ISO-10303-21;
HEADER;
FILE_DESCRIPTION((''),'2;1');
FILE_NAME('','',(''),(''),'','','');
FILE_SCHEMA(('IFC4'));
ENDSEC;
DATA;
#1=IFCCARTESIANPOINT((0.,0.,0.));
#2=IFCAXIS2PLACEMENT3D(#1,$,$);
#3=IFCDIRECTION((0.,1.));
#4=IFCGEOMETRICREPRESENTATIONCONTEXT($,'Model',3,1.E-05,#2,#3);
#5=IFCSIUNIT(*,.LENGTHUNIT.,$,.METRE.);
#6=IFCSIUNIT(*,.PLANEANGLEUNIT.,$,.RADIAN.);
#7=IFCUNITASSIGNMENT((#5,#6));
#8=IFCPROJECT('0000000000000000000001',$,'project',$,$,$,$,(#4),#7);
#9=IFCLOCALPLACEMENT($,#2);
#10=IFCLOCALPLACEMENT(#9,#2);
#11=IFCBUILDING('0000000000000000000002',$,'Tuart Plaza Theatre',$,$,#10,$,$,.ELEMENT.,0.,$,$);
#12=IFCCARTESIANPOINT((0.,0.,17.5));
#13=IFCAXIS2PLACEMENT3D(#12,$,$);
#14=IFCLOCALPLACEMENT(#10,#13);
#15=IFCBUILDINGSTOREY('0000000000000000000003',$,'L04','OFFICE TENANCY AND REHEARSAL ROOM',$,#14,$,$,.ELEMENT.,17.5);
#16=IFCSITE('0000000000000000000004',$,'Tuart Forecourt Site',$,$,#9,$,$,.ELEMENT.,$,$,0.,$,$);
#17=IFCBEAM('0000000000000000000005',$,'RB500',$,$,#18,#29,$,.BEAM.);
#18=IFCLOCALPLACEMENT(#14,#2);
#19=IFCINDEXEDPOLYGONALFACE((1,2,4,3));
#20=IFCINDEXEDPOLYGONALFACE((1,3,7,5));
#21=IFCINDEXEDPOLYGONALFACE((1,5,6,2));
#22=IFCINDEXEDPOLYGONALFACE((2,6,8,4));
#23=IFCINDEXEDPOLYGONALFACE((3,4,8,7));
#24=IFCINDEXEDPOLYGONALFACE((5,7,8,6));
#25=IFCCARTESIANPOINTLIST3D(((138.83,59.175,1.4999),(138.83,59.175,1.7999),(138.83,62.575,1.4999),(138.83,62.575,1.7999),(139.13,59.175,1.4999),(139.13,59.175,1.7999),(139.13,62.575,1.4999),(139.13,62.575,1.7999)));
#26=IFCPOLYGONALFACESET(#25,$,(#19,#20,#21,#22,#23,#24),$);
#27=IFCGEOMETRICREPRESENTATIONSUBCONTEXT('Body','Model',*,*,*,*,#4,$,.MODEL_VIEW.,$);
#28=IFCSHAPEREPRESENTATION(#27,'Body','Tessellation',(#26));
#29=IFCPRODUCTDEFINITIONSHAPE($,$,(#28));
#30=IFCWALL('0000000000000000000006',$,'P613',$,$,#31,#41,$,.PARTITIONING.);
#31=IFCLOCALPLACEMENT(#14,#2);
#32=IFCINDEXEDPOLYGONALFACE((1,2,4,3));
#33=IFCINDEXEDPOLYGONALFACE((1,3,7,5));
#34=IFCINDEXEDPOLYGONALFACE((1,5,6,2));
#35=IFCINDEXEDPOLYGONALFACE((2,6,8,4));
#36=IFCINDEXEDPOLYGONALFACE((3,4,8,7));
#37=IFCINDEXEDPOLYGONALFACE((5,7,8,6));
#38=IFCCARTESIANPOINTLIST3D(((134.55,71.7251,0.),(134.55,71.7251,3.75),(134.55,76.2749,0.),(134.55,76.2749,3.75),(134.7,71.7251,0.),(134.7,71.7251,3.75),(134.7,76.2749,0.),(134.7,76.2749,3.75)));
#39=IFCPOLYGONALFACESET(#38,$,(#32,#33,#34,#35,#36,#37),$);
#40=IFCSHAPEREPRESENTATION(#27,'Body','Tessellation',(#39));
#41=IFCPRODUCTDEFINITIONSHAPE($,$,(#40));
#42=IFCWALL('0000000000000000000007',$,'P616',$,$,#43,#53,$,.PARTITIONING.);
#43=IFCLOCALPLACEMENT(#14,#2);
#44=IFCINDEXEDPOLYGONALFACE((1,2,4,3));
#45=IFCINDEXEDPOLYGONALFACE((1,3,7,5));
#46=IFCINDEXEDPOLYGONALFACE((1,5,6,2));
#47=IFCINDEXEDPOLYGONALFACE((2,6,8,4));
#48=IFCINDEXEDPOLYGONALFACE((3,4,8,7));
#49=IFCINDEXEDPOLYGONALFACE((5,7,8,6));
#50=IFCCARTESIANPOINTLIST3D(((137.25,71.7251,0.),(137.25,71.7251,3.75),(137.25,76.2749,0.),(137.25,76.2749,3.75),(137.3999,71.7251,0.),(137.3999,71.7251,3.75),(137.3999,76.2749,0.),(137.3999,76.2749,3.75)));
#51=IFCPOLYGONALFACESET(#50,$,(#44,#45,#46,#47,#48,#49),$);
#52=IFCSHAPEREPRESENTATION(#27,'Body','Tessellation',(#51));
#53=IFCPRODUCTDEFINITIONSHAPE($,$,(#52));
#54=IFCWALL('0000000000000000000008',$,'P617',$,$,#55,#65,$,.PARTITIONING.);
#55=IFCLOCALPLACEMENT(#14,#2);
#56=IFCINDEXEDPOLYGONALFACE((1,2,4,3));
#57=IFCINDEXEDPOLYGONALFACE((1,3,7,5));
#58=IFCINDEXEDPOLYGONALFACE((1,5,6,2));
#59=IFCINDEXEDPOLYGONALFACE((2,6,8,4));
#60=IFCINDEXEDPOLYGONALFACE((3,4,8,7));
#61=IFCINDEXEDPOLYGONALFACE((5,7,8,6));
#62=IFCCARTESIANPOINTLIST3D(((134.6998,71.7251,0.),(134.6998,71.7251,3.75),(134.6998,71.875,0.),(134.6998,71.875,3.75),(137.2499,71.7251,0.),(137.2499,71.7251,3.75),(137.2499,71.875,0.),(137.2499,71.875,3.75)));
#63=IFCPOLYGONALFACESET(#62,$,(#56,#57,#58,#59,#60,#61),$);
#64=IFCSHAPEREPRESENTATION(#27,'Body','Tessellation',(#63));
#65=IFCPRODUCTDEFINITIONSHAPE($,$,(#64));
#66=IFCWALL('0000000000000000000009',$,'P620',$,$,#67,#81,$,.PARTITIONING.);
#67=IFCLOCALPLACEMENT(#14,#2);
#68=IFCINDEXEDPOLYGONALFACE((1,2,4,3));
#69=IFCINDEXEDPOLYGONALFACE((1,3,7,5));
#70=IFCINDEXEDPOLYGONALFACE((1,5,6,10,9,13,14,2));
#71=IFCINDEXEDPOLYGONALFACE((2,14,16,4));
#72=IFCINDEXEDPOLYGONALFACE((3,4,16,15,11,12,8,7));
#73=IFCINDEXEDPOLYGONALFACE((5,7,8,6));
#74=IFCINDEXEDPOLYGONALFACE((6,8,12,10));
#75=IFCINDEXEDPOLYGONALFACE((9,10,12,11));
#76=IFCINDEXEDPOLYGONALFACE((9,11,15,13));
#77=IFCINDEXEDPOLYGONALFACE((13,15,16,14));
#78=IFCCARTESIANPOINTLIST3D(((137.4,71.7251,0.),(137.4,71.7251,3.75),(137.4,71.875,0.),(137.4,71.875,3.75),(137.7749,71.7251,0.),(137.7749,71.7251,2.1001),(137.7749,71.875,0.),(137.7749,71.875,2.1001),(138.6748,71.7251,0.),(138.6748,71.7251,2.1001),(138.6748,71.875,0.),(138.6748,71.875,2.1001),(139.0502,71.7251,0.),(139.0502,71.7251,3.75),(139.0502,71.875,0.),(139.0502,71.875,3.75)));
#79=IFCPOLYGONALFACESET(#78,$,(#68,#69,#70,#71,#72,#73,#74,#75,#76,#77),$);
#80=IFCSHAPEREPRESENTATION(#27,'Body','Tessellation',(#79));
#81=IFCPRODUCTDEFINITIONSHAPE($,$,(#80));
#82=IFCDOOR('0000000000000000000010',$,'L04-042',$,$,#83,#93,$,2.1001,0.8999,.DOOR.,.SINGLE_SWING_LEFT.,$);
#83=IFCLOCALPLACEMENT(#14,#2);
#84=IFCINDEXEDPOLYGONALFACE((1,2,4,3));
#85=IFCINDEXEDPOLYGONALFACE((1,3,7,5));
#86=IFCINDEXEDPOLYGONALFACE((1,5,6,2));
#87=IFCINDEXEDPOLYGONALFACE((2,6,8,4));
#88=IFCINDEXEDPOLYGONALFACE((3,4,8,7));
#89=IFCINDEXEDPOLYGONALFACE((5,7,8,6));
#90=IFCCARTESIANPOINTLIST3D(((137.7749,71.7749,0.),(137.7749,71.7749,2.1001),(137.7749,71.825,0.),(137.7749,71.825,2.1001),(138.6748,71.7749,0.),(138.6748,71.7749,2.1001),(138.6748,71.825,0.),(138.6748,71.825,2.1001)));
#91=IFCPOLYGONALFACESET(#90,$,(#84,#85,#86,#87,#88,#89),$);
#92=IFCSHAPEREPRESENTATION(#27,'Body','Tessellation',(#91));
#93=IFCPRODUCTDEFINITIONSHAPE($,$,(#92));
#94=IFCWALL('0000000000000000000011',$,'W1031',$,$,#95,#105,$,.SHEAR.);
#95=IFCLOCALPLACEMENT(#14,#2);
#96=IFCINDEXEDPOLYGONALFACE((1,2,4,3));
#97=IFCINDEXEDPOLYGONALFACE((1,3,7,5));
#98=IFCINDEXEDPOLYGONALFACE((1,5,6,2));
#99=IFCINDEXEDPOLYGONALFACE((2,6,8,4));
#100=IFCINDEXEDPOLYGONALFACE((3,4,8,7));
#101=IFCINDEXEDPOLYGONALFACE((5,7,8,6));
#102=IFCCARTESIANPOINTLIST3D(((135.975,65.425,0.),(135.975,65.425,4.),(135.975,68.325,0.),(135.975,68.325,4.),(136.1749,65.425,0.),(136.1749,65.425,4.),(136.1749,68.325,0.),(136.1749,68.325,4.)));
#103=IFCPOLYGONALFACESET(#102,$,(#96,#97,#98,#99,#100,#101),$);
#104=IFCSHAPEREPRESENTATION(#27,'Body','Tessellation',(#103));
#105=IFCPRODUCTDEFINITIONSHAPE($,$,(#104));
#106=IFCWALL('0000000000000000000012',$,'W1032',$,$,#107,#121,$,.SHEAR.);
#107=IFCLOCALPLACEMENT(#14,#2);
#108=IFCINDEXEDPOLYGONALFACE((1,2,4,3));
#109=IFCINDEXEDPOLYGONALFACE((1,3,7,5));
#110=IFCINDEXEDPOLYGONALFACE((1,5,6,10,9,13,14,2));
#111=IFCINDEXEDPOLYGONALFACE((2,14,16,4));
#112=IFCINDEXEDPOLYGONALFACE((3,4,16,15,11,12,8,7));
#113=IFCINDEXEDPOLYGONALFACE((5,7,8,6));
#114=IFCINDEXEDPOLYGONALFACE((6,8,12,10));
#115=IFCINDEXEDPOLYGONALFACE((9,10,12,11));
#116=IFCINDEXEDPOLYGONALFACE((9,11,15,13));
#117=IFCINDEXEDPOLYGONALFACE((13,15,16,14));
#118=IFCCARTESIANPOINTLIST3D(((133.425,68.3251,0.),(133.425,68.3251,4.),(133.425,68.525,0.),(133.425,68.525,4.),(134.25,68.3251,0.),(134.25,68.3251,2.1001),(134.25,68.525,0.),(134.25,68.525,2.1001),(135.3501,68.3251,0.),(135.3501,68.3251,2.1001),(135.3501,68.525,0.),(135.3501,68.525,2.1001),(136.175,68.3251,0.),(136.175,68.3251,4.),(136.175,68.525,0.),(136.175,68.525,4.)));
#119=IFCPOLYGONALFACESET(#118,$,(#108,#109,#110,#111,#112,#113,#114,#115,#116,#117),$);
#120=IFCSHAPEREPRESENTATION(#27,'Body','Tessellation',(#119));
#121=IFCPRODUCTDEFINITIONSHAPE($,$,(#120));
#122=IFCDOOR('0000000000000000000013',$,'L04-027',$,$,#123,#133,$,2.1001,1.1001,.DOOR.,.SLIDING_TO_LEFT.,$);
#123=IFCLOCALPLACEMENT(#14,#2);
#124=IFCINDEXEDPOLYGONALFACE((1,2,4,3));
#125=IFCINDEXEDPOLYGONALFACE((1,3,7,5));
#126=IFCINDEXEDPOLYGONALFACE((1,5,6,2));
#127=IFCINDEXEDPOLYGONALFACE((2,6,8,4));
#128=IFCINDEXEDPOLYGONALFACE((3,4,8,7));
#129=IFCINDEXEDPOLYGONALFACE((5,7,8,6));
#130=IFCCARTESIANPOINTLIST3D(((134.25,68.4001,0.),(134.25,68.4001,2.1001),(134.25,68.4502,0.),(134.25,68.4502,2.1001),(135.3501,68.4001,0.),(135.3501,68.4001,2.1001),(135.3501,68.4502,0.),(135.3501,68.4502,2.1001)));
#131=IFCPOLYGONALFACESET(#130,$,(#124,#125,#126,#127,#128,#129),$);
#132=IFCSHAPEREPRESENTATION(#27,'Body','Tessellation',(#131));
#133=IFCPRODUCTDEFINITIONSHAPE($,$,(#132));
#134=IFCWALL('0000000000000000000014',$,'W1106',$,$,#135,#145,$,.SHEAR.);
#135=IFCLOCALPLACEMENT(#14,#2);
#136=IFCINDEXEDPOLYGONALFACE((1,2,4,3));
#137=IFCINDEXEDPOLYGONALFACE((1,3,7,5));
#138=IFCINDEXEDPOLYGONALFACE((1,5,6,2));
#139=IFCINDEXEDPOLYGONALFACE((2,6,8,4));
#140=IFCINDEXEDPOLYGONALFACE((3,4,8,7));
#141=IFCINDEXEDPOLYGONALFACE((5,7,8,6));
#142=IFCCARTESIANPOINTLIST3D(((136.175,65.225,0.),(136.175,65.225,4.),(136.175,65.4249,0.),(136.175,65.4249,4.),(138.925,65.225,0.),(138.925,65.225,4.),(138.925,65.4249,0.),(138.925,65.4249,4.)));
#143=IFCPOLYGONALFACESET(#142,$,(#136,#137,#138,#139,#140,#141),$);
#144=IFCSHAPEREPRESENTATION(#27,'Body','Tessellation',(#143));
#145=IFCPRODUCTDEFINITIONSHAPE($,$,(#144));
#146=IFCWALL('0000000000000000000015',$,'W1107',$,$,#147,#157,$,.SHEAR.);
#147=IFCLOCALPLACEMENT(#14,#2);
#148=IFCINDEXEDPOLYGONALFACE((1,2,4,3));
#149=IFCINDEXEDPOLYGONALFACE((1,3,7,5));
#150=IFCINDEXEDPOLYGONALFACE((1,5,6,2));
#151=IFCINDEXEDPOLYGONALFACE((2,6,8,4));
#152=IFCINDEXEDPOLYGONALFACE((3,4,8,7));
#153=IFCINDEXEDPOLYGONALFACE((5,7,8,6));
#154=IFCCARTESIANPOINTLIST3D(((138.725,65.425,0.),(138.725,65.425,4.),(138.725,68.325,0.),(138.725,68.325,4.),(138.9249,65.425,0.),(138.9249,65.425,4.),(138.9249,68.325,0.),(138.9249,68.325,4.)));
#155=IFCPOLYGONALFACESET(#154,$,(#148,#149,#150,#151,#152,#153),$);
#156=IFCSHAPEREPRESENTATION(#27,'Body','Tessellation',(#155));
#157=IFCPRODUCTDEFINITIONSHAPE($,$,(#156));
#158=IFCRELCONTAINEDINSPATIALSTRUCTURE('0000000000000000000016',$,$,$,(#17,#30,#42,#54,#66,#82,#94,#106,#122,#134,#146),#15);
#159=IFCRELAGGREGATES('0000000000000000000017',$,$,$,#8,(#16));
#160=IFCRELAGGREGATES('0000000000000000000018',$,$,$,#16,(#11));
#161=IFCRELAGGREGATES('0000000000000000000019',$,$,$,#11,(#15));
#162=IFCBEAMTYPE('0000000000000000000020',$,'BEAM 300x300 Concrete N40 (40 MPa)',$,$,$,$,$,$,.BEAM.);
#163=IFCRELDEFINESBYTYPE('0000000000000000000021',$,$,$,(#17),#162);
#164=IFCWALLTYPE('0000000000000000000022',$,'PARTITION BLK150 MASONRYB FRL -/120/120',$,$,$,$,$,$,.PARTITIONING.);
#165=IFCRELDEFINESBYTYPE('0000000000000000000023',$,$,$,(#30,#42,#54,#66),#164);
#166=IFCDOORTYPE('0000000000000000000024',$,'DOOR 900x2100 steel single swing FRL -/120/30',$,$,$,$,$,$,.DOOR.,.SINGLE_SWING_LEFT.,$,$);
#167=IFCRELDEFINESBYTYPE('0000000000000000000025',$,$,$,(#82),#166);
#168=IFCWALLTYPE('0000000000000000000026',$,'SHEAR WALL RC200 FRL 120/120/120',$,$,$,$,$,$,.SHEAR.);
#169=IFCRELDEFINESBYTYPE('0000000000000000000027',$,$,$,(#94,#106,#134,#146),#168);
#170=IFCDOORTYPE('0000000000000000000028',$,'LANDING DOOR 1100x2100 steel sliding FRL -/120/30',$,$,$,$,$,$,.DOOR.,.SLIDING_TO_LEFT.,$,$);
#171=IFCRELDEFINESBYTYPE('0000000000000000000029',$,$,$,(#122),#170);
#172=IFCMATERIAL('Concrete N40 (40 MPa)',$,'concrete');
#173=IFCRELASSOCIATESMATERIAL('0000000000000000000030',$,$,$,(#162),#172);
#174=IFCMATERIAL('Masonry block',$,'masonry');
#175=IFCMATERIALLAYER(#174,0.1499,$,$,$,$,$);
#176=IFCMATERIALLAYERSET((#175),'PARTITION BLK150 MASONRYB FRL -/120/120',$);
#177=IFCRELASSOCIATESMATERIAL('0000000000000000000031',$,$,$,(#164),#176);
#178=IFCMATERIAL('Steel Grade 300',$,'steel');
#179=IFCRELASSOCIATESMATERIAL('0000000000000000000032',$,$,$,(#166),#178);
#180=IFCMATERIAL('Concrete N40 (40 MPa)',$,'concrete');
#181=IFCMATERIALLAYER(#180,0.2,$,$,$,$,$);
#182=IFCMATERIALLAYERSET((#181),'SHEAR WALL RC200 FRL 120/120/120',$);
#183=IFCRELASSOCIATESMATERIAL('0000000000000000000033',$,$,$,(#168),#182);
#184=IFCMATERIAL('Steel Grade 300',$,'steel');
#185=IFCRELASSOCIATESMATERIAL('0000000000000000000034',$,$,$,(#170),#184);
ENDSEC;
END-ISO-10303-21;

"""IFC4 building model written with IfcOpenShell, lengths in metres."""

from ifc_helpers import new_model, si_unit, direction, frame, frame_2d, origin, origin_2d, place, context, subcontext, project, spatial, rectangle, extrude, material, layer, layer_set, material_profile, profile_set, type_object, element, fill, save


model = new_model("IFC4")

# Units and contexts
model_context = context("Model", 3, precision=1e-05, world=origin(), true_north=direction((0.0, 1.0)))
body_context = subcontext(model_context, "Body", "Model", "MODEL_VIEW")
ifc_project = project(units=[si_unit("LENGTHUNIT", "METRE"), si_unit("PLANEANGLEUNIT", "RADIAN")], contexts=[model_context])

# Site, building, storey
site_placement = place(None, origin())
site = spatial("IfcSite", under=ifc_project, at=site_placement, Name="Tuart Forecourt Site", CompositionType="ELEMENT", RefElevation=0.0)
building_placement = place(site_placement, origin())
building = spatial("IfcBuilding", under=site, at=building_placement, Name="Tuart Plaza Theatre", CompositionType="ELEMENT", ElevationOfRefHeight=0.0)
storey_placement = place(building_placement, frame((0.0, 0.0, 17.5)))
storey = spatial("IfcBuildingStorey", under=building, at=storey_placement, Name="L04", Description="OFFICE TENANCY AND REHEARSAL ROOM", CompositionType="ELEMENT", Elevation=17.5)

# Beam
ifc_material_1 = material(Name="Concrete N40 (40 MPa)", Category="concrete")
ifc_material_profile = material_profile(ifc_material_1, rectangle(XDim=0.3, YDim=0.3, at=origin_2d()), Name="BEAM 300x300 Concrete N40 (40 MPa)")
ifc_profile_set = profile_set([ifc_material_profile], Name="Concrete N40 (40 MPa)")
beam_type = type_object("IfcBeamType", Name="BEAM 300x300 Concrete N40 (40 MPa)", PredefinedType="BEAM", material=ifc_profile_set)
beam_placement = place(storey_placement, frame((138.98, 59.175, 1.6499), z_axis=(0.0, 1.0, 0.0), x_axis=(-1.0, 0.0, 0.0)))
element("IfcBeam", 1, at=beam_placement, inside=storey, type_object=beam_type, Name="RB500", PredefinedType="BEAM", context=body_context, shape_type="SweptSolid", body=[
    extrude(rectangle(XDim=0.3, YDim=0.3, at=origin_2d()), origin(), (0.0, 0.0, 1.0), 3.3999),
])

# Walls
ifc_material_2 = material(Name="Masonry block", Category="masonry")
ifc_layer_1 = layer(ifc_material_2, 0.1499)
ifc_layer_set_1 = layer_set([ifc_layer_1], Name="PARTITION BLK150 MASONRYB FRL -/120/120")
wall_type_1 = type_object("IfcWallType", Name="PARTITION BLK150 MASONRYB FRL -/120/120", PredefinedType="PARTITIONING", material=ifc_layer_set_1)
for number, where, z_axis, x_axis, name in (
    (2, (134.625, 71.7251, 0.0), (0.0, 0.0, 1.0), (0.0, 1.0, 0.0), "P613"),
    (3, (137.325, 71.7251, 0.0), (0.0, 0.0, 1.0), (0.0, 1.0, 0.0), "P616"),
):
    element("IfcWall", number, at=place(storey_placement, frame(where, z_axis=z_axis, x_axis=x_axis)), inside=storey, type_object=wall_type_1, Name=name, PredefinedType="PARTITIONING", context=body_context, shape_type="SweptSolid", body=[
        extrude(rectangle(XDim=4.5498, YDim=0.1499, at=frame_2d((2.2749, 0.0))), origin(), (0.0, 0.0, 1.0), 3.75),
    ])
wall_1_placement = place(storey_placement, frame((134.7, 71.8, 0.0), z_axis=(0.0, 0.0, 1.0), x_axis=(1.0, 0.0, 0.0)))
element("IfcWall", 4, at=wall_1_placement, inside=storey, type_object=wall_type_1, Name="P617", PredefinedType="PARTITIONING", context=body_context, shape_type="SweptSolid", body=[
    extrude(rectangle(XDim=2.55, YDim=0.1499, at=frame_2d((1.2749, 0.0))), origin(), (0.0, 0.0, 1.0), 3.75),
])

# Wall, opening, door
wall_2_placement = place(storey_placement, frame((137.3999, 71.8, 0.0), z_axis=(0.0, 0.0, 1.0), x_axis=(1.0, 0.0, 0.0)))
wall_2 = element("IfcWall", 5, at=wall_2_placement, inside=storey, type_object=wall_type_1, Name="P620", PredefinedType="PARTITIONING", context=body_context, shape_type="SweptSolid", body=[
    extrude(rectangle(XDim=1.6501, YDim=0.1499, at=frame_2d((0.8252, 0.0))), origin(), (0.0, 0.0, 1.0), 3.75),
])
opening_1_placement = place(wall_2_placement, frame((0.375, 0.0, 0.0)))
opening_1 = element("IfcOpeningElement", 6, at=opening_1_placement, cuts=wall_2, PredefinedType="OPENING", context=body_context, shape_type="SweptSolid", body=[
    extrude(rectangle(XDim=0.8999, YDim=2.1001, at=frame_2d((0.45, 1.05))), frame((0.0, 0.085, 0.0), z_axis=(0.0, -1.0, 0.0), x_axis=(1.0, 0.0, 0.0)), (0.0, 0.0, 1.0), 0.1699),
])
ifc_material_3 = material(Name="Steel Grade 300", Category="steel")
door_type_1 = type_object("IfcDoorType", Name="DOOR 900x2100 steel single swing FRL -/120/30", OperationType="SINGLE_SWING_LEFT", PredefinedType="DOOR", material=ifc_material_3)
door_1_placement = place(opening_1_placement, origin())
door_1 = element("IfcDoor", 7, at=door_1_placement, inside=storey, type_object=door_type_1, Name="L04-042", OperationType="SINGLE_SWING_LEFT", OverallHeight=2.1001, OverallWidth=0.8999, PredefinedType="DOOR", context=body_context, shape_type="SweptSolid", body=[
    extrude(rectangle(XDim=0.8999, YDim=2.1001, at=frame_2d((0.45, 1.05))), frame((0.0, 0.0249, 0.0), z_axis=(0.0, -1.0, 0.0), x_axis=(1.0, 0.0, 0.0)), (0.0, 0.0, 1.0), 0.05),
])
fill(opening_1, door_1)

# Wall
ifc_material_4 = material(Name="Concrete N40 (40 MPa)", Category="concrete")
ifc_layer_2 = layer(ifc_material_4, 0.2)
ifc_layer_set_2 = layer_set([ifc_layer_2], Name="SHEAR WALL RC200 FRL 120/120/120")
wall_type_2 = type_object("IfcWallType", Name="SHEAR WALL RC200 FRL 120/120/120", PredefinedType="SHEAR", material=ifc_layer_set_2)
wall_3_placement = place(storey_placement, frame((136.075, 65.425, 0.0), z_axis=(0.0, 0.0, 1.0), x_axis=(0.0, 1.0, 0.0)))
element("IfcWall", 8, at=wall_3_placement, inside=storey, type_object=wall_type_2, Name="W1031", PredefinedType="SHEAR", context=body_context, shape_type="SweptSolid", body=[
    extrude(rectangle(XDim=2.8999, YDim=0.2, at=frame_2d((1.45, 0.0))), origin(), (0.0, 0.0, 1.0), 4.0),
])

# Wall, opening, door
wall_4_placement = place(storey_placement, frame((136.175, 68.425, 0.0), z_axis=(0.0, 0.0, 1.0), x_axis=(-1.0, 0.0, 0.0)))
wall_4 = element("IfcWall", 9, at=wall_4_placement, inside=storey, type_object=wall_type_2, Name="W1032", PredefinedType="SHEAR", context=body_context, shape_type="SweptSolid", body=[
    extrude(rectangle(XDim=2.75, YDim=0.2, at=frame_2d((1.375, 0.0))), origin(), (0.0, 0.0, 1.0), 4.0),
])
opening_2_placement = place(wall_4_placement, frame((0.825, 0.0, 0.0)))
opening_2 = element("IfcOpeningElement", 10, at=opening_2_placement, cuts=wall_4, PredefinedType="OPENING", context=body_context, shape_type="SweptSolid", body=[
    extrude(rectangle(XDim=1.1001, YDim=2.1001, at=frame_2d((0.55, 1.05))), frame((0.0, 0.1099, 0.0), z_axis=(0.0, -1.0, 0.0), x_axis=(1.0, 0.0, 0.0)), (0.0, 0.0, 1.0), 0.22),
])
ifc_material_5 = material(Name="Steel Grade 300", Category="steel")
door_type_2 = type_object("IfcDoorType", Name="LANDING DOOR 1100x2100 steel sliding FRL -/120/30", OperationType="SLIDING_TO_LEFT", PredefinedType="DOOR", material=ifc_material_5)
door_2_placement = place(opening_2_placement, origin())
door_2 = element("IfcDoor", 11, at=door_2_placement, inside=storey, type_object=door_type_2, Name="L04-027", OperationType="SLIDING_TO_LEFT", OverallHeight=2.1001, OverallWidth=1.1001, PredefinedType="DOOR", context=body_context, shape_type="SweptSolid", body=[
    extrude(rectangle(XDim=1.1001, YDim=2.1001, at=frame_2d((0.55, 1.05))), frame((0.0, 0.0249, 0.0), z_axis=(0.0, -1.0, 0.0), x_axis=(1.0, 0.0, 0.0)), (0.0, 0.0, 1.0), 0.05),
])
fill(opening_2, door_2)

# Walls
wall_5_placement = place(storey_placement, frame((136.175, 65.325, 0.0), z_axis=(0.0, 0.0, 1.0), x_axis=(1.0, 0.0, 0.0)))
element("IfcWall", 12, at=wall_5_placement, inside=storey, type_object=wall_type_2, Name="W1106", PredefinedType="SHEAR", context=body_context, shape_type="SweptSolid", body=[
    extrude(rectangle(XDim=2.75, YDim=0.2, at=frame_2d((1.375, 0.0))), origin(), (0.0, 0.0, 1.0), 4.0),
])
wall_6_placement = place(storey_placement, frame((138.825, 65.425, 0.0), z_axis=(0.0, 0.0, 1.0), x_axis=(0.0, 1.0, 0.0)))
element("IfcWall", 13, at=wall_6_placement, inside=storey, type_object=wall_type_2, Name="W1107", PredefinedType="SHEAR", context=body_context, shape_type="SweptSolid", body=[
    extrude(rectangle(XDim=2.8999, YDim=0.2, at=frame_2d((1.45, 0.0))), origin(), (0.0, 0.0, 1.0), 4.0),
])

save(model, "model.ifc")
